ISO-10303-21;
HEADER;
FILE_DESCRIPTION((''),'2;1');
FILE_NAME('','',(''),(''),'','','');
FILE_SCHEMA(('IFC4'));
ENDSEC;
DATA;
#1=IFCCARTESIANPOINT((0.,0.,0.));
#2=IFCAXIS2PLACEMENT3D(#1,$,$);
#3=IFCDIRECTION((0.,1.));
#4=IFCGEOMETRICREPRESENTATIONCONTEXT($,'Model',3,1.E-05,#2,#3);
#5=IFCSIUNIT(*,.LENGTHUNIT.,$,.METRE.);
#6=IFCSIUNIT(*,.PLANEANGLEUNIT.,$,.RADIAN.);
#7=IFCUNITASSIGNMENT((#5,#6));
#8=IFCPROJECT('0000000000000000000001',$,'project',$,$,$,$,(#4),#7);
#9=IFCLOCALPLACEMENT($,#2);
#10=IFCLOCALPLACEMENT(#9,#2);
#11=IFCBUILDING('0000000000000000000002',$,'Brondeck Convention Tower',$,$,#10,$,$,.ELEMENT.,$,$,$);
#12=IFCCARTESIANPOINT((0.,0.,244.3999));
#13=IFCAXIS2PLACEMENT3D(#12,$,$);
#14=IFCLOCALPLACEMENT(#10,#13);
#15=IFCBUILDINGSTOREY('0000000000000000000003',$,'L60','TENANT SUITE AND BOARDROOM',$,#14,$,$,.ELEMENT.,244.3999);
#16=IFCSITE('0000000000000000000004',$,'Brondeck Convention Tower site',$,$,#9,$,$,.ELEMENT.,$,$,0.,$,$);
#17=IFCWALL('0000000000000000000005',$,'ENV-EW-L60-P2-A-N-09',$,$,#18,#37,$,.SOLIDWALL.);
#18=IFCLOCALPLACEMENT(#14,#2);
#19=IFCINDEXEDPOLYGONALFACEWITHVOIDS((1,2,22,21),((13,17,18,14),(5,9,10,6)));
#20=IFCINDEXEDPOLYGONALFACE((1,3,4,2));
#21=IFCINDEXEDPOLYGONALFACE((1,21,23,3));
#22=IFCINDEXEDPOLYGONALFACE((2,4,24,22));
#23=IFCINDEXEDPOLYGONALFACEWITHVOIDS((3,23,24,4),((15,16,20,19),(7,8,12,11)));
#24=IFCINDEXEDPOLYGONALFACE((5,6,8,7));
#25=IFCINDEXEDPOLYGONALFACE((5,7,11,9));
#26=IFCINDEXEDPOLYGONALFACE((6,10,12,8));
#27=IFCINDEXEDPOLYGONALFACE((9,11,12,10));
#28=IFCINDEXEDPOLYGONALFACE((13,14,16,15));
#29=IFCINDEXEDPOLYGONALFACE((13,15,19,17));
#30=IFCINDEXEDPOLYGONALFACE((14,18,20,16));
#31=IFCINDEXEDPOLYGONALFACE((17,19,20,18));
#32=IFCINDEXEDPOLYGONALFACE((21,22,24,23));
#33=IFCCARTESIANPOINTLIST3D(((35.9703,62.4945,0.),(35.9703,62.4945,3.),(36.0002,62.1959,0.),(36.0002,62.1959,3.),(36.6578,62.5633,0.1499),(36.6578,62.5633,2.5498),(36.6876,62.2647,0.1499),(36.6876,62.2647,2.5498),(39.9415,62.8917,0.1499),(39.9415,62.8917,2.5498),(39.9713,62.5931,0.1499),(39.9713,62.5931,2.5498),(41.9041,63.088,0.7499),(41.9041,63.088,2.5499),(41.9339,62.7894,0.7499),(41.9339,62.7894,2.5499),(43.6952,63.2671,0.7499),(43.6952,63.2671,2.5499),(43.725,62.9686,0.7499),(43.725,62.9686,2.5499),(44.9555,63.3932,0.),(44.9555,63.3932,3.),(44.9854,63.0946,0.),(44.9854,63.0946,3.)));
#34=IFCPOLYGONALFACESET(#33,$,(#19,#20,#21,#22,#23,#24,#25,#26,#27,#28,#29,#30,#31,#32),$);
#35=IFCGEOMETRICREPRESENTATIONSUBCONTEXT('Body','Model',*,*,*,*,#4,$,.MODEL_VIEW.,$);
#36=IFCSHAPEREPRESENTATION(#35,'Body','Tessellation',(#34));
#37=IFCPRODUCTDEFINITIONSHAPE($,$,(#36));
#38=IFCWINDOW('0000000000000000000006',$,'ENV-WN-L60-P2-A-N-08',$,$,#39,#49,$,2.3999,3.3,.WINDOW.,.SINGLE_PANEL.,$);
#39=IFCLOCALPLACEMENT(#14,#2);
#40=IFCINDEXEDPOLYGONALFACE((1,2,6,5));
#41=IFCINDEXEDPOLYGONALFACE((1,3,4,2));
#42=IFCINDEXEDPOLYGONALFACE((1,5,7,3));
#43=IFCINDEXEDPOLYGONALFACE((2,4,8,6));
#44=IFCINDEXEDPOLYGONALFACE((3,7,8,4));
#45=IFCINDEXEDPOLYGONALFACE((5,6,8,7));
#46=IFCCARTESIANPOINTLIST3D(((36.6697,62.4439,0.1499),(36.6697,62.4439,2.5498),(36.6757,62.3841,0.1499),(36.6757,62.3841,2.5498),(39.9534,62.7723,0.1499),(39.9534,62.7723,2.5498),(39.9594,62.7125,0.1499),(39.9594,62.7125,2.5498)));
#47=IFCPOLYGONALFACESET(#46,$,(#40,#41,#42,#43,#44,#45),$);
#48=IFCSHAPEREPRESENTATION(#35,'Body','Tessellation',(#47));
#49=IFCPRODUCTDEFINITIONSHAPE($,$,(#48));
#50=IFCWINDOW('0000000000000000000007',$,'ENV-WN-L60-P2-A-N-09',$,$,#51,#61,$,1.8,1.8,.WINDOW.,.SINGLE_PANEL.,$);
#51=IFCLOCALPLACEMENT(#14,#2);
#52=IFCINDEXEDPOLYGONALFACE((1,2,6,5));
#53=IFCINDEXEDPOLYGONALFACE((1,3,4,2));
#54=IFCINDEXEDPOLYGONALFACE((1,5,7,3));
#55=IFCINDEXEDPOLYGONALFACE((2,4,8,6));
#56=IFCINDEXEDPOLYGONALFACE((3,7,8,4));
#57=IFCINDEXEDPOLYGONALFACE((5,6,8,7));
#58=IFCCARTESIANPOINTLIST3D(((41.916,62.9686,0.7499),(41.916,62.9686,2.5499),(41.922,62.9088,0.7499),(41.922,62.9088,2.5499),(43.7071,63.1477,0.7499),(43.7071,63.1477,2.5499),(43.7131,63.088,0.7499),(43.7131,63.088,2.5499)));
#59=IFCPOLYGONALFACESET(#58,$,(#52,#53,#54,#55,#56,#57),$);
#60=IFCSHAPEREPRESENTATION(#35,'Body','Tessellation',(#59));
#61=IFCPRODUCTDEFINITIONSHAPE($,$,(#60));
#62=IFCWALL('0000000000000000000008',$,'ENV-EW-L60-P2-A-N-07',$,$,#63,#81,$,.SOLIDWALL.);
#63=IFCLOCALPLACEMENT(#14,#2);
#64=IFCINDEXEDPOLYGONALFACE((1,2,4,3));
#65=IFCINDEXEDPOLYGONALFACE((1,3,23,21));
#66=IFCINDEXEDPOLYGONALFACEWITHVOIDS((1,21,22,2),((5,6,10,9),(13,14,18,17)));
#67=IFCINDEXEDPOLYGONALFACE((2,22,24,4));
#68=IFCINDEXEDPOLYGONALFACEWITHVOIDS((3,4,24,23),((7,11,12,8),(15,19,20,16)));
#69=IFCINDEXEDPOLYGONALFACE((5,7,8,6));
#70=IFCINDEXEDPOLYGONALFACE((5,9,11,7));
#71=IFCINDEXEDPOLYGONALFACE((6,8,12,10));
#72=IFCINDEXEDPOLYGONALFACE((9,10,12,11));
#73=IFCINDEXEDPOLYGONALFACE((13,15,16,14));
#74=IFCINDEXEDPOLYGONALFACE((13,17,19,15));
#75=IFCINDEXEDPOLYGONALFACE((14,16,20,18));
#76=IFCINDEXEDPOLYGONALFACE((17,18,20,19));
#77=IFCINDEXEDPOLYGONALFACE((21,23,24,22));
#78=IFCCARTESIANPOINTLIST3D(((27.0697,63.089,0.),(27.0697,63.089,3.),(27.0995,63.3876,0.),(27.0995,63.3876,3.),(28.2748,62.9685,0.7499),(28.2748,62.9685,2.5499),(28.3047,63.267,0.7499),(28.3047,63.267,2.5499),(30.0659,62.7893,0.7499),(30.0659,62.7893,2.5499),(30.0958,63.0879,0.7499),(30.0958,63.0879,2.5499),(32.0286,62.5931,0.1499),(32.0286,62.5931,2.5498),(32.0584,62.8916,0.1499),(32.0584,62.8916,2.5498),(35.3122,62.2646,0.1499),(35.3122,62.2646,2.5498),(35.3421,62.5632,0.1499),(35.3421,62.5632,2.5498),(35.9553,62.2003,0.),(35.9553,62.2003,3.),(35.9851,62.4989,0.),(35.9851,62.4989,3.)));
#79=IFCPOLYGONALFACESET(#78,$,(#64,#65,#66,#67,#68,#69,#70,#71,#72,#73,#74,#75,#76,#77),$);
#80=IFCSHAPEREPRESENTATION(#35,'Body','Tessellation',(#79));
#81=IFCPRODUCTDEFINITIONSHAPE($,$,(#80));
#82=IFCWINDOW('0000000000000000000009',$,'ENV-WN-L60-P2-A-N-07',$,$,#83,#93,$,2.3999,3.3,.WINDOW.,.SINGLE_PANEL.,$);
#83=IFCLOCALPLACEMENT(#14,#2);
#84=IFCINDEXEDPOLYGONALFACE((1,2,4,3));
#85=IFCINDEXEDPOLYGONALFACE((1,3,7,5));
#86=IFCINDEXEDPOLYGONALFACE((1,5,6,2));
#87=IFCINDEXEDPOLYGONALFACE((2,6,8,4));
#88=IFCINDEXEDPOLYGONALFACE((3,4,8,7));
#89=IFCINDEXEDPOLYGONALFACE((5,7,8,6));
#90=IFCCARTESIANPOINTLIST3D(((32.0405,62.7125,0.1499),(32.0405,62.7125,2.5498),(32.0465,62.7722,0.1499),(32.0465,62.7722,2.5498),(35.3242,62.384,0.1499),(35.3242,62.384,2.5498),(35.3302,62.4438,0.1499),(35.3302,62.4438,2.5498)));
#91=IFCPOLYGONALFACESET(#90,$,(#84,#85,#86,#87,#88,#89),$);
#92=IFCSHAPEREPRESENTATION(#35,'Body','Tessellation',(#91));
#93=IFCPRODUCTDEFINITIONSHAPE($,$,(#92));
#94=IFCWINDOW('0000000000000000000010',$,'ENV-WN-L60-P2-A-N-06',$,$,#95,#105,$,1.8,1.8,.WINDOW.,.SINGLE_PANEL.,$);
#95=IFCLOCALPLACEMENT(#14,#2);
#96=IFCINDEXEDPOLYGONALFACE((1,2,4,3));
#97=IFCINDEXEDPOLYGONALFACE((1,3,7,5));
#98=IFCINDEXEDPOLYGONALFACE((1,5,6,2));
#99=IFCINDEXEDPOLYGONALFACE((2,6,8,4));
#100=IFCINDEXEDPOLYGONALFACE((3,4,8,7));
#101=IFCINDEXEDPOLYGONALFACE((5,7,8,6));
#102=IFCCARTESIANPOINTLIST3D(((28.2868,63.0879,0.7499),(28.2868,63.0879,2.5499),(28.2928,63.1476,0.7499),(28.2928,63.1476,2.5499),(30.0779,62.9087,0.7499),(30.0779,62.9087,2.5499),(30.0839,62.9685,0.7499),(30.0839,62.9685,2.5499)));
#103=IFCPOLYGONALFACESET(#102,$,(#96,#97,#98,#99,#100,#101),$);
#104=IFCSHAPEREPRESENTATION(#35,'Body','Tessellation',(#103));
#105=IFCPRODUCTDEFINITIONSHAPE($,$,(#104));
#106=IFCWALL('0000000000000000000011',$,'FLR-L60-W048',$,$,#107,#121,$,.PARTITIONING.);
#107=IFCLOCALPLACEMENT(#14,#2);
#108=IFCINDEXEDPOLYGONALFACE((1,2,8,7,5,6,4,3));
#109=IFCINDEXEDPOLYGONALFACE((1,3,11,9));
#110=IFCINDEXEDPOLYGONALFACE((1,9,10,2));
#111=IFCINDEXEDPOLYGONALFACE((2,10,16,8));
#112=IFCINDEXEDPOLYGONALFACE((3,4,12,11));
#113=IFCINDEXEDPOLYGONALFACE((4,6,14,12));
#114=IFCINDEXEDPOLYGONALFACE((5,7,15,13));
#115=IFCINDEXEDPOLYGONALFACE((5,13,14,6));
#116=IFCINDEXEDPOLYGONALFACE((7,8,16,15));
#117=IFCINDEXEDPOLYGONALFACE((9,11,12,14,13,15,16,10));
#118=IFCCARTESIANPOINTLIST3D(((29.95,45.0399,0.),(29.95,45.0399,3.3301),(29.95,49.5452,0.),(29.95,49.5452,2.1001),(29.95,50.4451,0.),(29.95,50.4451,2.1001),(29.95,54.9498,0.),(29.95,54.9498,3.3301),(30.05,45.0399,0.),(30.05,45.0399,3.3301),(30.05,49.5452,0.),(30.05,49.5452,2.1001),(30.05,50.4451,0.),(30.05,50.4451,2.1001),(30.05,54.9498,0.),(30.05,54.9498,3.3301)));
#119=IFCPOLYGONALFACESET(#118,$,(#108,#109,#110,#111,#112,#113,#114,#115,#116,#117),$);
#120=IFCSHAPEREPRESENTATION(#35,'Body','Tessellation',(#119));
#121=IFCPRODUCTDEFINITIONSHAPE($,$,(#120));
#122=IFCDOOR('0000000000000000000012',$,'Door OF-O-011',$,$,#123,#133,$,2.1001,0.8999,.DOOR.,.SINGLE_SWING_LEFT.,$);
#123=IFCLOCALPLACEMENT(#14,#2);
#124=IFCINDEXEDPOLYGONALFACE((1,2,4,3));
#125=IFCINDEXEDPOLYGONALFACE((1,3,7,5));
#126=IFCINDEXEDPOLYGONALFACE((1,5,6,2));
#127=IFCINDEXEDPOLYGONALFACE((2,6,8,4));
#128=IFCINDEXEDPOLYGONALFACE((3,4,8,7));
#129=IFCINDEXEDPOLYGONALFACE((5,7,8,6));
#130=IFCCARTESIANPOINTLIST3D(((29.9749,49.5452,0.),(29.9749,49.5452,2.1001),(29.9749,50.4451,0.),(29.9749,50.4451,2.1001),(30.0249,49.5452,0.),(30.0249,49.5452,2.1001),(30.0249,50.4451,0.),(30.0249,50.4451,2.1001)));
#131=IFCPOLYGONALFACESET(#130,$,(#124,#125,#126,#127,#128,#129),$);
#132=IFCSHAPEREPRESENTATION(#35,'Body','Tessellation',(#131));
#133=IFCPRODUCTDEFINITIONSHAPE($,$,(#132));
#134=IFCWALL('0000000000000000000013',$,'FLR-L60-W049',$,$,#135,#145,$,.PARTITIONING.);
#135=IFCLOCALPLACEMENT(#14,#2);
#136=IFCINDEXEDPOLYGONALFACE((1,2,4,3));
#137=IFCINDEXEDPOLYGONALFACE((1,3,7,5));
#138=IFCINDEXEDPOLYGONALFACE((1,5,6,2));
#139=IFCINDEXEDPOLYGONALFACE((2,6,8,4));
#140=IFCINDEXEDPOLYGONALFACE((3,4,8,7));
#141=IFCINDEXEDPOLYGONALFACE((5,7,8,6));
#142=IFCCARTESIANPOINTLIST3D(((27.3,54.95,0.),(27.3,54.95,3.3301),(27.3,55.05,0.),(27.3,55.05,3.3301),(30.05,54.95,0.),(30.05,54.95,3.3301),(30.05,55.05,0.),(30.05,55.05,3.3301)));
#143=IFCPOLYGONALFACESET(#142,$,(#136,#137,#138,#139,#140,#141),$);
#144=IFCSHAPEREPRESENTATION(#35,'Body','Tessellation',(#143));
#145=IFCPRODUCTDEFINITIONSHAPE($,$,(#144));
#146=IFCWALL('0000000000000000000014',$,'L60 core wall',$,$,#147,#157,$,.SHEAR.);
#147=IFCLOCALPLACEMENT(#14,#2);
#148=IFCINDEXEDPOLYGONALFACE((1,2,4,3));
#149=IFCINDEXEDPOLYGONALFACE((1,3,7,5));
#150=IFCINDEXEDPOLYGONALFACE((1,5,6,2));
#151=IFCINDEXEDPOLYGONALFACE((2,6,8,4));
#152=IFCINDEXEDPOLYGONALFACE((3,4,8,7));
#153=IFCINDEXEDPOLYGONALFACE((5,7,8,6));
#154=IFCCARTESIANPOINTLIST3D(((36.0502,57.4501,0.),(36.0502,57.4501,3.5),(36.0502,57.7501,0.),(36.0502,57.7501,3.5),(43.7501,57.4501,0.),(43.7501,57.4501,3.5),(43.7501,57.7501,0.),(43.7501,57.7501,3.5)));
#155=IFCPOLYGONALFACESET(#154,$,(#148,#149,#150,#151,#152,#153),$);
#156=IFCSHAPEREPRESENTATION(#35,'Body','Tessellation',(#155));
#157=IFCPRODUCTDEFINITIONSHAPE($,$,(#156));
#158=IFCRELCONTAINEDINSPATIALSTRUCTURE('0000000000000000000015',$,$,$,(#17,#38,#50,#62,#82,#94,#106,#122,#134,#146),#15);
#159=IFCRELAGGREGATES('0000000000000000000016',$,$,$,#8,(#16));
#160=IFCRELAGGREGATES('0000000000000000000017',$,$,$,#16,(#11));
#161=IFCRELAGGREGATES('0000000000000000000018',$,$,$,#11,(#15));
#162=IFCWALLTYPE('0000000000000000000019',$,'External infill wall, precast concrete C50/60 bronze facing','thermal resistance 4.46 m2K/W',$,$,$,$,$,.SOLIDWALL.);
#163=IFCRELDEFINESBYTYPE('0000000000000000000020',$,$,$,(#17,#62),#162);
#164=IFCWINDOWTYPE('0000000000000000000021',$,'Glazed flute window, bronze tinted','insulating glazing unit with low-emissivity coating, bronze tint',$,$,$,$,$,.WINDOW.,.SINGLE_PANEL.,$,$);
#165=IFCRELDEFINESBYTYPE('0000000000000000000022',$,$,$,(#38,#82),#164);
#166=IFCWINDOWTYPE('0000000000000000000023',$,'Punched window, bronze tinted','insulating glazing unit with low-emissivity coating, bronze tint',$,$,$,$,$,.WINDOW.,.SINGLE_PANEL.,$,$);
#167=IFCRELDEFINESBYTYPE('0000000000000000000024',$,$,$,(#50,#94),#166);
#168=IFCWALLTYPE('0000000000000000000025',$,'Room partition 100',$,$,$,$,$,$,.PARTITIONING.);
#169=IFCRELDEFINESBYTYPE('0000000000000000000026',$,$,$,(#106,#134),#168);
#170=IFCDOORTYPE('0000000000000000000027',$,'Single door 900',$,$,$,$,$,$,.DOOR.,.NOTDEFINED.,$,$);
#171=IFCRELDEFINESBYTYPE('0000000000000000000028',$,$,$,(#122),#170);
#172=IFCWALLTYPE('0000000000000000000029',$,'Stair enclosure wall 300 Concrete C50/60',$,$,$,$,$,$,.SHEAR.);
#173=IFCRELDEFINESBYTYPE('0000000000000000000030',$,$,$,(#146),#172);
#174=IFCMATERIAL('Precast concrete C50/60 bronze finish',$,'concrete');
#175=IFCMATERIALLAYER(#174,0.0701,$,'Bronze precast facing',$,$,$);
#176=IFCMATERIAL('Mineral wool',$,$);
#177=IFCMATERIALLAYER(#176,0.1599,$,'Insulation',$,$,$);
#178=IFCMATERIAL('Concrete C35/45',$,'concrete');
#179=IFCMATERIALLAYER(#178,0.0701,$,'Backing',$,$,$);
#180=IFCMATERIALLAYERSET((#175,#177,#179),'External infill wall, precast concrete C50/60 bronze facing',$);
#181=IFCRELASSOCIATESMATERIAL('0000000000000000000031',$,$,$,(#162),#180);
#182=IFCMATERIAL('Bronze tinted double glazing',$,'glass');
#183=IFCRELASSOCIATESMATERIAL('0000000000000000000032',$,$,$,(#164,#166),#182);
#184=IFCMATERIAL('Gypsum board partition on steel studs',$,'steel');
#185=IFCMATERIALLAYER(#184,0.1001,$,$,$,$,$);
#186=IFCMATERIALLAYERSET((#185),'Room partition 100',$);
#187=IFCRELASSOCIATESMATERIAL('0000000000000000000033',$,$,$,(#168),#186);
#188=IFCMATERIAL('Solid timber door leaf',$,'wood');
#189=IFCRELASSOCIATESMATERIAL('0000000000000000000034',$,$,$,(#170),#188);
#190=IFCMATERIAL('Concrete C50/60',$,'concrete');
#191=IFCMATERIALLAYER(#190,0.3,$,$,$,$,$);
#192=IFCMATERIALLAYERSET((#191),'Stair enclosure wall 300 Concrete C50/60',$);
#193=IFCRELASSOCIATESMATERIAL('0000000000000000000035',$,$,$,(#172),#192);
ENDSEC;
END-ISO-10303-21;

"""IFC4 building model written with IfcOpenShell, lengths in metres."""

from ifc_helpers import new_model, si_unit, direction, frame, frame_2d, origin, place, context, subcontext, project, spatial, rectangle, extrude, material, layer, layer_set, type_object, element, fill, save


model = new_model("IFC4")

# Units and contexts
model_context = context("Model", 3, precision=1e-05, world=origin(), true_north=direction((0.0, 1.0)))
body_context = subcontext(model_context, "Body", "Model", "MODEL_VIEW")
ifc_project = project(units=[si_unit("LENGTHUNIT", "METRE"), si_unit("PLANEANGLEUNIT", "RADIAN")], contexts=[model_context])

# Site, building, storey
site_placement = place(None, origin())
site = spatial("IfcSite", under=ifc_project, at=site_placement, Name="Brondeck Convention Tower site", CompositionType="ELEMENT", RefElevation=0.0)
building_placement = place(site_placement, origin())
building = spatial("IfcBuilding", under=site, at=building_placement, Name="Brondeck Convention Tower", CompositionType="ELEMENT")
storey_placement = place(building_placement, frame((0.0, 0.0, 244.3999)))
storey = spatial("IfcBuildingStorey", under=building, at=storey_placement, Name="L60", Description="TENANT SUITE AND BOARDROOM", CompositionType="ELEMENT", Elevation=244.3999)

# Shared definitions
ifc_material_1 = material(Name="Concrete C50/60", Category="concrete")

# Walls, openings, windows
ifc_material_2 = material(Name="Precast concrete C50/60 bronze finish", Category="concrete")
ifc_layer_1 = layer(ifc_material_2, 0.0701, Name="Bronze precast facing")
ifc_material_3 = material(Name="Mineral wool")
ifc_layer_2 = layer(ifc_material_3, 0.1599, Name="Insulation")
ifc_material_4 = material(Name="Concrete C35/45", Category="concrete")
ifc_layer_3 = layer(ifc_material_4, 0.0701, Name="Backing")
ifc_layer_set_1 = layer_set([ifc_layer_1, ifc_layer_2, ifc_layer_3], Name="External infill wall, precast concrete C50/60 bronze facing")
wall_type_1 = type_object("IfcWallType", Name="External infill wall, precast concrete C50/60 bronze facing", Description="thermal resistance 4.46 m2K/W", PredefinedType="SOLIDWALL", material=ifc_layer_set_1)
wall_1_placement = place(storey_placement, frame((35.9851, 62.3452, 0.0), z_axis=(0.0, 0.0, 1.0), x_axis=(0.995035, 0.099522, 0.0)))
wall_1 = element("IfcWall", 1, at=wall_1_placement, inside=storey, type_object=wall_type_1, Name="ENV-EW-L60-P2-A-N-09", PredefinedType="SOLIDWALL", context=body_context, shape_type="SweptSolid", body=[
    extrude(rectangle(XDim=9.03, YDim=0.3, at=frame_2d((4.5151, 0.0))), origin(), (0.0, 0.0, 1.0), 3.0),
])
opening_1_placement = place(wall_1_placement, frame((0.6912, 0.0, 0.1499)))
opening_1 = element("IfcOpeningElement", 2, at=opening_1_placement, cuts=wall_1, PredefinedType="OPENING", context=body_context, shape_type="SweptSolid", body=[
    extrude(rectangle(XDim=3.3, YDim=2.3999, at=frame_2d((1.6499, 1.2))), frame((0.0, 0.1599, 0.0), z_axis=(0.0, -1.0, 0.0), x_axis=(1.0, 0.0, 0.0)), (0.0, 0.0, 1.0), 0.3201),
])
opening_2_placement = place(wall_1_placement, frame((5.9636, 0.0, 0.75)))
opening_2 = element("IfcOpeningElement", 3, at=opening_2_placement, cuts=wall_1, PredefinedType="OPENING", context=body_context, shape_type="SweptSolid", body=[
    extrude(rectangle(XDim=1.8, YDim=1.8, at=frame_2d((0.8999, 0.8999))), frame((0.0, 0.1599, 0.0), z_axis=(0.0, -1.0, 0.0), x_axis=(1.0, 0.0, 0.0)), (0.0, 0.0, 1.0), 0.3201),
])
ifc_material_5 = material(Name="Bronze tinted double glazing", Category="glass")
window_type_1 = type_object("IfcWindowType", Name="Glazed flute window, bronze tinted", Description="insulating glazing unit with low-emissivity coating, bronze tint", PartitioningType="SINGLE_PANEL", PredefinedType="WINDOW", material=ifc_material_5)
window_1_placement = place(opening_1_placement, origin())
window_1 = element("IfcWindow", 4, at=window_1_placement, inside=storey, type_object=window_type_1, Name="ENV-WN-L60-P2-A-N-08", OverallHeight=2.3999, OverallWidth=3.3, PartitioningType="SINGLE_PANEL", PredefinedType="WINDOW", context=body_context, shape_type="SweptSolid", body=[
    extrude(rectangle(XDim=3.3, YDim=2.3999, at=frame_2d((1.6499, 1.2))), frame((0.0, 0.03, 0.0), z_axis=(0.0, -1.0, 0.0), x_axis=(1.0, 0.0, 0.0)), (0.0, 0.0, 1.0), 0.0601),
])
fill(opening_1, window_1)
window_type_2 = type_object("IfcWindowType", Name="Punched window, bronze tinted", Description="insulating glazing unit with low-emissivity coating, bronze tint", PartitioningType="SINGLE_PANEL", PredefinedType="WINDOW", material=ifc_material_5)
window_2_placement = place(opening_2_placement, origin())
window_2 = element("IfcWindow", 5, at=window_2_placement, inside=storey, type_object=window_type_2, Name="ENV-WN-L60-P2-A-N-09", OverallHeight=1.8, OverallWidth=1.8, PartitioningType="SINGLE_PANEL", PredefinedType="WINDOW", context=body_context, shape_type="SweptSolid", body=[
    extrude(rectangle(XDim=1.8, YDim=1.8, at=frame_2d((0.8999, 0.8999))), frame((0.0, 0.03, 0.0), z_axis=(0.0, -1.0, 0.0), x_axis=(1.0, 0.0, 0.0)), (0.0, 0.0, 1.0), 0.0601),
])
fill(opening_2, window_2)
wall_2_placement = place(storey_placement, frame((27.0847, 63.2383, 0.0), z_axis=(0.0, 0.0, 1.0), x_axis=(0.995036, -0.099517, 0.0)))
wall_2 = element("IfcWall", 6, at=wall_2_placement, inside=storey, type_object=wall_type_1, Name="ENV-EW-L60-P2-A-N-07", PredefinedType="SOLIDWALL", context=body_context, shape_type="SweptSolid", body=[
    extrude(rectangle(XDim=8.9299, YDim=0.3, at=frame_2d((4.4648, 0.0))), origin(), (0.0, 0.0, 1.0), 3.0),
])
opening_3_placement = place(wall_2_placement, frame((1.2112, 0.0, 0.75)))
opening_3 = element("IfcOpeningElement", 7, at=opening_3_placement, cuts=wall_2, PredefinedType="OPENING", context=body_context, shape_type="SweptSolid", body=[
    extrude(rectangle(XDim=1.8, YDim=1.8, at=frame_2d((0.8999, 0.8999))), frame((0.0, 0.1599, 0.0), z_axis=(0.0, -1.0, 0.0), x_axis=(1.0, 0.0, 0.0)), (0.0, 0.0, 1.0), 0.3201),
])
opening_4_placement = place(wall_2_placement, frame((4.9836, 0.0, 0.1499)))
opening_4 = element("IfcOpeningElement", 8, at=opening_4_placement, cuts=wall_2, PredefinedType="OPENING", context=body_context, shape_type="SweptSolid", body=[
    extrude(rectangle(XDim=3.3, YDim=2.3999, at=frame_2d((1.6499, 1.2))), frame((0.0, 0.1599, 0.0), z_axis=(0.0, -1.0, 0.0), x_axis=(1.0, 0.0, 0.0)), (0.0, 0.0, 1.0), 0.3201),
])
window_3_placement = place(opening_4_placement, origin())
window_3 = element("IfcWindow", 9, at=window_3_placement, inside=storey, type_object=window_type_1, Name="ENV-WN-L60-P2-A-N-07", OverallHeight=2.3999, OverallWidth=3.3, PartitioningType="SINGLE_PANEL", PredefinedType="WINDOW", context=body_context, shape_type="SweptSolid", body=[
    extrude(rectangle(XDim=3.3, YDim=2.3999, at=frame_2d((1.6499, 1.2))), frame((0.0, 0.03, 0.0), z_axis=(0.0, -1.0, 0.0), x_axis=(1.0, 0.0, 0.0)), (0.0, 0.0, 1.0), 0.0601),
])
fill(opening_4, window_3)
window_4_placement = place(opening_3_placement, origin())
window_4 = element("IfcWindow", 10, at=window_4_placement, inside=storey, type_object=window_type_2, Name="ENV-WN-L60-P2-A-N-06", OverallHeight=1.8, OverallWidth=1.8, PartitioningType="SINGLE_PANEL", PredefinedType="WINDOW", context=body_context, shape_type="SweptSolid", body=[
    extrude(rectangle(XDim=1.8, YDim=1.8, at=frame_2d((0.8999, 0.8999))), frame((0.0, 0.03, 0.0), z_axis=(0.0, -1.0, 0.0), x_axis=(1.0, 0.0, 0.0)), (0.0, 0.0, 1.0), 0.0601),
])
fill(opening_3, window_4)

# Wall, opening, door
ifc_material_6 = material(Name="Gypsum board partition on steel studs", Category="steel")
ifc_layer_4 = layer(ifc_material_6, 0.1001)
ifc_layer_set_2 = layer_set([ifc_layer_4], Name="Room partition 100")
wall_type_2 = type_object("IfcWallType", Name="Room partition 100", PredefinedType="PARTITIONING", material=ifc_layer_set_2)
wall_3_placement = place(storey_placement, frame((30.0, 54.95, 0.0), z_axis=(0.0, 0.0, 1.0), x_axis=(0.0, -1.0, 0.0)))
wall_3 = element("IfcWall", 11, at=wall_3_placement, inside=storey, type_object=wall_type_2, Name="FLR-L60-W048", PredefinedType="PARTITIONING", context=body_context, shape_type="SweptSolid", body=[
    extrude(rectangle(XDim=9.9099, YDim=0.1001, at=frame_2d((4.9551, 0.0))), origin(), (0.0, 0.0, 1.0), 3.3301),
])
opening_5_placement = place(wall_3_placement, frame((4.5049, 0.0, 0.0)))
opening_5 = element("IfcOpeningElement", 12, at=opening_5_placement, cuts=wall_3, PredefinedType="OPENING", context=body_context, shape_type="SweptSolid", body=[
    extrude(rectangle(XDim=0.8999, YDim=2.1001, at=frame_2d((0.45, 1.05))), frame((0.0, 0.0601, 0.0), z_axis=(0.0, -1.0, 0.0), x_axis=(1.0, 0.0, 0.0)), (0.0, 0.0, 1.0), 0.1201),
])
ifc_material_7 = material(Name="Solid timber door leaf", Category="wood")
door_type = type_object("IfcDoorType", Name="Single door 900", OperationType="NOTDEFINED", PredefinedType="DOOR", material=ifc_material_7)
door_placement = place(opening_5_placement, origin())
door = element("IfcDoor", 13, at=door_placement, inside=storey, type_object=door_type, Name="Door OF-O-011", OperationType="SINGLE_SWING_LEFT", OverallHeight=2.1001, OverallWidth=0.8999, PredefinedType="DOOR", context=body_context, shape_type="SweptSolid", body=[
    extrude(rectangle(XDim=0.8999, YDim=2.1001, at=frame_2d((0.45, 1.05))), frame((0.0, 0.0249, 0.0), z_axis=(0.0, -1.0, 0.0), x_axis=(1.0, 0.0, 0.0)), (0.0, 0.0, 1.0), 0.05),
])
fill(opening_5, door)

# Walls
wall_4_placement = place(storey_placement, frame((27.3, 55.0, 0.0), z_axis=(0.0, 0.0, 1.0), x_axis=(1.0, 0.0, 0.0)))
element("IfcWall", 14, at=wall_4_placement, inside=storey, type_object=wall_type_2, Name="FLR-L60-W049", PredefinedType="PARTITIONING", context=body_context, shape_type="SweptSolid", body=[
    extrude(rectangle(XDim=2.75, YDim=0.1001, at=frame_2d((1.375, 0.0))), origin(), (0.0, 0.0, 1.0), 3.3301),
])
ifc_layer_5 = layer(ifc_material_1, 0.3)
ifc_layer_set_3 = layer_set([ifc_layer_5], Name="Stair enclosure wall 300 Concrete C50/60")
wall_type_3 = type_object("IfcWallType", Name="Stair enclosure wall 300 Concrete C50/60", PredefinedType="SHEAR", material=ifc_layer_set_3)
wall_5_placement = place(storey_placement, frame((36.05, 57.6001, 0.0), z_axis=(0.0, 0.0, 1.0), x_axis=(1.0, 0.0, 0.0)))
element("IfcWall", 15, at=wall_5_placement, inside=storey, type_object=wall_type_3, Name="L60 core wall", PredefinedType="SHEAR", context=body_context, shape_type="SweptSolid", body=[
    extrude(rectangle(XDim=7.7, YDim=0.3, at=frame_2d((3.8501, 0.0))), origin(), (0.0, 0.0, 1.0), 3.5),
])

save(model, "model.ifc")
